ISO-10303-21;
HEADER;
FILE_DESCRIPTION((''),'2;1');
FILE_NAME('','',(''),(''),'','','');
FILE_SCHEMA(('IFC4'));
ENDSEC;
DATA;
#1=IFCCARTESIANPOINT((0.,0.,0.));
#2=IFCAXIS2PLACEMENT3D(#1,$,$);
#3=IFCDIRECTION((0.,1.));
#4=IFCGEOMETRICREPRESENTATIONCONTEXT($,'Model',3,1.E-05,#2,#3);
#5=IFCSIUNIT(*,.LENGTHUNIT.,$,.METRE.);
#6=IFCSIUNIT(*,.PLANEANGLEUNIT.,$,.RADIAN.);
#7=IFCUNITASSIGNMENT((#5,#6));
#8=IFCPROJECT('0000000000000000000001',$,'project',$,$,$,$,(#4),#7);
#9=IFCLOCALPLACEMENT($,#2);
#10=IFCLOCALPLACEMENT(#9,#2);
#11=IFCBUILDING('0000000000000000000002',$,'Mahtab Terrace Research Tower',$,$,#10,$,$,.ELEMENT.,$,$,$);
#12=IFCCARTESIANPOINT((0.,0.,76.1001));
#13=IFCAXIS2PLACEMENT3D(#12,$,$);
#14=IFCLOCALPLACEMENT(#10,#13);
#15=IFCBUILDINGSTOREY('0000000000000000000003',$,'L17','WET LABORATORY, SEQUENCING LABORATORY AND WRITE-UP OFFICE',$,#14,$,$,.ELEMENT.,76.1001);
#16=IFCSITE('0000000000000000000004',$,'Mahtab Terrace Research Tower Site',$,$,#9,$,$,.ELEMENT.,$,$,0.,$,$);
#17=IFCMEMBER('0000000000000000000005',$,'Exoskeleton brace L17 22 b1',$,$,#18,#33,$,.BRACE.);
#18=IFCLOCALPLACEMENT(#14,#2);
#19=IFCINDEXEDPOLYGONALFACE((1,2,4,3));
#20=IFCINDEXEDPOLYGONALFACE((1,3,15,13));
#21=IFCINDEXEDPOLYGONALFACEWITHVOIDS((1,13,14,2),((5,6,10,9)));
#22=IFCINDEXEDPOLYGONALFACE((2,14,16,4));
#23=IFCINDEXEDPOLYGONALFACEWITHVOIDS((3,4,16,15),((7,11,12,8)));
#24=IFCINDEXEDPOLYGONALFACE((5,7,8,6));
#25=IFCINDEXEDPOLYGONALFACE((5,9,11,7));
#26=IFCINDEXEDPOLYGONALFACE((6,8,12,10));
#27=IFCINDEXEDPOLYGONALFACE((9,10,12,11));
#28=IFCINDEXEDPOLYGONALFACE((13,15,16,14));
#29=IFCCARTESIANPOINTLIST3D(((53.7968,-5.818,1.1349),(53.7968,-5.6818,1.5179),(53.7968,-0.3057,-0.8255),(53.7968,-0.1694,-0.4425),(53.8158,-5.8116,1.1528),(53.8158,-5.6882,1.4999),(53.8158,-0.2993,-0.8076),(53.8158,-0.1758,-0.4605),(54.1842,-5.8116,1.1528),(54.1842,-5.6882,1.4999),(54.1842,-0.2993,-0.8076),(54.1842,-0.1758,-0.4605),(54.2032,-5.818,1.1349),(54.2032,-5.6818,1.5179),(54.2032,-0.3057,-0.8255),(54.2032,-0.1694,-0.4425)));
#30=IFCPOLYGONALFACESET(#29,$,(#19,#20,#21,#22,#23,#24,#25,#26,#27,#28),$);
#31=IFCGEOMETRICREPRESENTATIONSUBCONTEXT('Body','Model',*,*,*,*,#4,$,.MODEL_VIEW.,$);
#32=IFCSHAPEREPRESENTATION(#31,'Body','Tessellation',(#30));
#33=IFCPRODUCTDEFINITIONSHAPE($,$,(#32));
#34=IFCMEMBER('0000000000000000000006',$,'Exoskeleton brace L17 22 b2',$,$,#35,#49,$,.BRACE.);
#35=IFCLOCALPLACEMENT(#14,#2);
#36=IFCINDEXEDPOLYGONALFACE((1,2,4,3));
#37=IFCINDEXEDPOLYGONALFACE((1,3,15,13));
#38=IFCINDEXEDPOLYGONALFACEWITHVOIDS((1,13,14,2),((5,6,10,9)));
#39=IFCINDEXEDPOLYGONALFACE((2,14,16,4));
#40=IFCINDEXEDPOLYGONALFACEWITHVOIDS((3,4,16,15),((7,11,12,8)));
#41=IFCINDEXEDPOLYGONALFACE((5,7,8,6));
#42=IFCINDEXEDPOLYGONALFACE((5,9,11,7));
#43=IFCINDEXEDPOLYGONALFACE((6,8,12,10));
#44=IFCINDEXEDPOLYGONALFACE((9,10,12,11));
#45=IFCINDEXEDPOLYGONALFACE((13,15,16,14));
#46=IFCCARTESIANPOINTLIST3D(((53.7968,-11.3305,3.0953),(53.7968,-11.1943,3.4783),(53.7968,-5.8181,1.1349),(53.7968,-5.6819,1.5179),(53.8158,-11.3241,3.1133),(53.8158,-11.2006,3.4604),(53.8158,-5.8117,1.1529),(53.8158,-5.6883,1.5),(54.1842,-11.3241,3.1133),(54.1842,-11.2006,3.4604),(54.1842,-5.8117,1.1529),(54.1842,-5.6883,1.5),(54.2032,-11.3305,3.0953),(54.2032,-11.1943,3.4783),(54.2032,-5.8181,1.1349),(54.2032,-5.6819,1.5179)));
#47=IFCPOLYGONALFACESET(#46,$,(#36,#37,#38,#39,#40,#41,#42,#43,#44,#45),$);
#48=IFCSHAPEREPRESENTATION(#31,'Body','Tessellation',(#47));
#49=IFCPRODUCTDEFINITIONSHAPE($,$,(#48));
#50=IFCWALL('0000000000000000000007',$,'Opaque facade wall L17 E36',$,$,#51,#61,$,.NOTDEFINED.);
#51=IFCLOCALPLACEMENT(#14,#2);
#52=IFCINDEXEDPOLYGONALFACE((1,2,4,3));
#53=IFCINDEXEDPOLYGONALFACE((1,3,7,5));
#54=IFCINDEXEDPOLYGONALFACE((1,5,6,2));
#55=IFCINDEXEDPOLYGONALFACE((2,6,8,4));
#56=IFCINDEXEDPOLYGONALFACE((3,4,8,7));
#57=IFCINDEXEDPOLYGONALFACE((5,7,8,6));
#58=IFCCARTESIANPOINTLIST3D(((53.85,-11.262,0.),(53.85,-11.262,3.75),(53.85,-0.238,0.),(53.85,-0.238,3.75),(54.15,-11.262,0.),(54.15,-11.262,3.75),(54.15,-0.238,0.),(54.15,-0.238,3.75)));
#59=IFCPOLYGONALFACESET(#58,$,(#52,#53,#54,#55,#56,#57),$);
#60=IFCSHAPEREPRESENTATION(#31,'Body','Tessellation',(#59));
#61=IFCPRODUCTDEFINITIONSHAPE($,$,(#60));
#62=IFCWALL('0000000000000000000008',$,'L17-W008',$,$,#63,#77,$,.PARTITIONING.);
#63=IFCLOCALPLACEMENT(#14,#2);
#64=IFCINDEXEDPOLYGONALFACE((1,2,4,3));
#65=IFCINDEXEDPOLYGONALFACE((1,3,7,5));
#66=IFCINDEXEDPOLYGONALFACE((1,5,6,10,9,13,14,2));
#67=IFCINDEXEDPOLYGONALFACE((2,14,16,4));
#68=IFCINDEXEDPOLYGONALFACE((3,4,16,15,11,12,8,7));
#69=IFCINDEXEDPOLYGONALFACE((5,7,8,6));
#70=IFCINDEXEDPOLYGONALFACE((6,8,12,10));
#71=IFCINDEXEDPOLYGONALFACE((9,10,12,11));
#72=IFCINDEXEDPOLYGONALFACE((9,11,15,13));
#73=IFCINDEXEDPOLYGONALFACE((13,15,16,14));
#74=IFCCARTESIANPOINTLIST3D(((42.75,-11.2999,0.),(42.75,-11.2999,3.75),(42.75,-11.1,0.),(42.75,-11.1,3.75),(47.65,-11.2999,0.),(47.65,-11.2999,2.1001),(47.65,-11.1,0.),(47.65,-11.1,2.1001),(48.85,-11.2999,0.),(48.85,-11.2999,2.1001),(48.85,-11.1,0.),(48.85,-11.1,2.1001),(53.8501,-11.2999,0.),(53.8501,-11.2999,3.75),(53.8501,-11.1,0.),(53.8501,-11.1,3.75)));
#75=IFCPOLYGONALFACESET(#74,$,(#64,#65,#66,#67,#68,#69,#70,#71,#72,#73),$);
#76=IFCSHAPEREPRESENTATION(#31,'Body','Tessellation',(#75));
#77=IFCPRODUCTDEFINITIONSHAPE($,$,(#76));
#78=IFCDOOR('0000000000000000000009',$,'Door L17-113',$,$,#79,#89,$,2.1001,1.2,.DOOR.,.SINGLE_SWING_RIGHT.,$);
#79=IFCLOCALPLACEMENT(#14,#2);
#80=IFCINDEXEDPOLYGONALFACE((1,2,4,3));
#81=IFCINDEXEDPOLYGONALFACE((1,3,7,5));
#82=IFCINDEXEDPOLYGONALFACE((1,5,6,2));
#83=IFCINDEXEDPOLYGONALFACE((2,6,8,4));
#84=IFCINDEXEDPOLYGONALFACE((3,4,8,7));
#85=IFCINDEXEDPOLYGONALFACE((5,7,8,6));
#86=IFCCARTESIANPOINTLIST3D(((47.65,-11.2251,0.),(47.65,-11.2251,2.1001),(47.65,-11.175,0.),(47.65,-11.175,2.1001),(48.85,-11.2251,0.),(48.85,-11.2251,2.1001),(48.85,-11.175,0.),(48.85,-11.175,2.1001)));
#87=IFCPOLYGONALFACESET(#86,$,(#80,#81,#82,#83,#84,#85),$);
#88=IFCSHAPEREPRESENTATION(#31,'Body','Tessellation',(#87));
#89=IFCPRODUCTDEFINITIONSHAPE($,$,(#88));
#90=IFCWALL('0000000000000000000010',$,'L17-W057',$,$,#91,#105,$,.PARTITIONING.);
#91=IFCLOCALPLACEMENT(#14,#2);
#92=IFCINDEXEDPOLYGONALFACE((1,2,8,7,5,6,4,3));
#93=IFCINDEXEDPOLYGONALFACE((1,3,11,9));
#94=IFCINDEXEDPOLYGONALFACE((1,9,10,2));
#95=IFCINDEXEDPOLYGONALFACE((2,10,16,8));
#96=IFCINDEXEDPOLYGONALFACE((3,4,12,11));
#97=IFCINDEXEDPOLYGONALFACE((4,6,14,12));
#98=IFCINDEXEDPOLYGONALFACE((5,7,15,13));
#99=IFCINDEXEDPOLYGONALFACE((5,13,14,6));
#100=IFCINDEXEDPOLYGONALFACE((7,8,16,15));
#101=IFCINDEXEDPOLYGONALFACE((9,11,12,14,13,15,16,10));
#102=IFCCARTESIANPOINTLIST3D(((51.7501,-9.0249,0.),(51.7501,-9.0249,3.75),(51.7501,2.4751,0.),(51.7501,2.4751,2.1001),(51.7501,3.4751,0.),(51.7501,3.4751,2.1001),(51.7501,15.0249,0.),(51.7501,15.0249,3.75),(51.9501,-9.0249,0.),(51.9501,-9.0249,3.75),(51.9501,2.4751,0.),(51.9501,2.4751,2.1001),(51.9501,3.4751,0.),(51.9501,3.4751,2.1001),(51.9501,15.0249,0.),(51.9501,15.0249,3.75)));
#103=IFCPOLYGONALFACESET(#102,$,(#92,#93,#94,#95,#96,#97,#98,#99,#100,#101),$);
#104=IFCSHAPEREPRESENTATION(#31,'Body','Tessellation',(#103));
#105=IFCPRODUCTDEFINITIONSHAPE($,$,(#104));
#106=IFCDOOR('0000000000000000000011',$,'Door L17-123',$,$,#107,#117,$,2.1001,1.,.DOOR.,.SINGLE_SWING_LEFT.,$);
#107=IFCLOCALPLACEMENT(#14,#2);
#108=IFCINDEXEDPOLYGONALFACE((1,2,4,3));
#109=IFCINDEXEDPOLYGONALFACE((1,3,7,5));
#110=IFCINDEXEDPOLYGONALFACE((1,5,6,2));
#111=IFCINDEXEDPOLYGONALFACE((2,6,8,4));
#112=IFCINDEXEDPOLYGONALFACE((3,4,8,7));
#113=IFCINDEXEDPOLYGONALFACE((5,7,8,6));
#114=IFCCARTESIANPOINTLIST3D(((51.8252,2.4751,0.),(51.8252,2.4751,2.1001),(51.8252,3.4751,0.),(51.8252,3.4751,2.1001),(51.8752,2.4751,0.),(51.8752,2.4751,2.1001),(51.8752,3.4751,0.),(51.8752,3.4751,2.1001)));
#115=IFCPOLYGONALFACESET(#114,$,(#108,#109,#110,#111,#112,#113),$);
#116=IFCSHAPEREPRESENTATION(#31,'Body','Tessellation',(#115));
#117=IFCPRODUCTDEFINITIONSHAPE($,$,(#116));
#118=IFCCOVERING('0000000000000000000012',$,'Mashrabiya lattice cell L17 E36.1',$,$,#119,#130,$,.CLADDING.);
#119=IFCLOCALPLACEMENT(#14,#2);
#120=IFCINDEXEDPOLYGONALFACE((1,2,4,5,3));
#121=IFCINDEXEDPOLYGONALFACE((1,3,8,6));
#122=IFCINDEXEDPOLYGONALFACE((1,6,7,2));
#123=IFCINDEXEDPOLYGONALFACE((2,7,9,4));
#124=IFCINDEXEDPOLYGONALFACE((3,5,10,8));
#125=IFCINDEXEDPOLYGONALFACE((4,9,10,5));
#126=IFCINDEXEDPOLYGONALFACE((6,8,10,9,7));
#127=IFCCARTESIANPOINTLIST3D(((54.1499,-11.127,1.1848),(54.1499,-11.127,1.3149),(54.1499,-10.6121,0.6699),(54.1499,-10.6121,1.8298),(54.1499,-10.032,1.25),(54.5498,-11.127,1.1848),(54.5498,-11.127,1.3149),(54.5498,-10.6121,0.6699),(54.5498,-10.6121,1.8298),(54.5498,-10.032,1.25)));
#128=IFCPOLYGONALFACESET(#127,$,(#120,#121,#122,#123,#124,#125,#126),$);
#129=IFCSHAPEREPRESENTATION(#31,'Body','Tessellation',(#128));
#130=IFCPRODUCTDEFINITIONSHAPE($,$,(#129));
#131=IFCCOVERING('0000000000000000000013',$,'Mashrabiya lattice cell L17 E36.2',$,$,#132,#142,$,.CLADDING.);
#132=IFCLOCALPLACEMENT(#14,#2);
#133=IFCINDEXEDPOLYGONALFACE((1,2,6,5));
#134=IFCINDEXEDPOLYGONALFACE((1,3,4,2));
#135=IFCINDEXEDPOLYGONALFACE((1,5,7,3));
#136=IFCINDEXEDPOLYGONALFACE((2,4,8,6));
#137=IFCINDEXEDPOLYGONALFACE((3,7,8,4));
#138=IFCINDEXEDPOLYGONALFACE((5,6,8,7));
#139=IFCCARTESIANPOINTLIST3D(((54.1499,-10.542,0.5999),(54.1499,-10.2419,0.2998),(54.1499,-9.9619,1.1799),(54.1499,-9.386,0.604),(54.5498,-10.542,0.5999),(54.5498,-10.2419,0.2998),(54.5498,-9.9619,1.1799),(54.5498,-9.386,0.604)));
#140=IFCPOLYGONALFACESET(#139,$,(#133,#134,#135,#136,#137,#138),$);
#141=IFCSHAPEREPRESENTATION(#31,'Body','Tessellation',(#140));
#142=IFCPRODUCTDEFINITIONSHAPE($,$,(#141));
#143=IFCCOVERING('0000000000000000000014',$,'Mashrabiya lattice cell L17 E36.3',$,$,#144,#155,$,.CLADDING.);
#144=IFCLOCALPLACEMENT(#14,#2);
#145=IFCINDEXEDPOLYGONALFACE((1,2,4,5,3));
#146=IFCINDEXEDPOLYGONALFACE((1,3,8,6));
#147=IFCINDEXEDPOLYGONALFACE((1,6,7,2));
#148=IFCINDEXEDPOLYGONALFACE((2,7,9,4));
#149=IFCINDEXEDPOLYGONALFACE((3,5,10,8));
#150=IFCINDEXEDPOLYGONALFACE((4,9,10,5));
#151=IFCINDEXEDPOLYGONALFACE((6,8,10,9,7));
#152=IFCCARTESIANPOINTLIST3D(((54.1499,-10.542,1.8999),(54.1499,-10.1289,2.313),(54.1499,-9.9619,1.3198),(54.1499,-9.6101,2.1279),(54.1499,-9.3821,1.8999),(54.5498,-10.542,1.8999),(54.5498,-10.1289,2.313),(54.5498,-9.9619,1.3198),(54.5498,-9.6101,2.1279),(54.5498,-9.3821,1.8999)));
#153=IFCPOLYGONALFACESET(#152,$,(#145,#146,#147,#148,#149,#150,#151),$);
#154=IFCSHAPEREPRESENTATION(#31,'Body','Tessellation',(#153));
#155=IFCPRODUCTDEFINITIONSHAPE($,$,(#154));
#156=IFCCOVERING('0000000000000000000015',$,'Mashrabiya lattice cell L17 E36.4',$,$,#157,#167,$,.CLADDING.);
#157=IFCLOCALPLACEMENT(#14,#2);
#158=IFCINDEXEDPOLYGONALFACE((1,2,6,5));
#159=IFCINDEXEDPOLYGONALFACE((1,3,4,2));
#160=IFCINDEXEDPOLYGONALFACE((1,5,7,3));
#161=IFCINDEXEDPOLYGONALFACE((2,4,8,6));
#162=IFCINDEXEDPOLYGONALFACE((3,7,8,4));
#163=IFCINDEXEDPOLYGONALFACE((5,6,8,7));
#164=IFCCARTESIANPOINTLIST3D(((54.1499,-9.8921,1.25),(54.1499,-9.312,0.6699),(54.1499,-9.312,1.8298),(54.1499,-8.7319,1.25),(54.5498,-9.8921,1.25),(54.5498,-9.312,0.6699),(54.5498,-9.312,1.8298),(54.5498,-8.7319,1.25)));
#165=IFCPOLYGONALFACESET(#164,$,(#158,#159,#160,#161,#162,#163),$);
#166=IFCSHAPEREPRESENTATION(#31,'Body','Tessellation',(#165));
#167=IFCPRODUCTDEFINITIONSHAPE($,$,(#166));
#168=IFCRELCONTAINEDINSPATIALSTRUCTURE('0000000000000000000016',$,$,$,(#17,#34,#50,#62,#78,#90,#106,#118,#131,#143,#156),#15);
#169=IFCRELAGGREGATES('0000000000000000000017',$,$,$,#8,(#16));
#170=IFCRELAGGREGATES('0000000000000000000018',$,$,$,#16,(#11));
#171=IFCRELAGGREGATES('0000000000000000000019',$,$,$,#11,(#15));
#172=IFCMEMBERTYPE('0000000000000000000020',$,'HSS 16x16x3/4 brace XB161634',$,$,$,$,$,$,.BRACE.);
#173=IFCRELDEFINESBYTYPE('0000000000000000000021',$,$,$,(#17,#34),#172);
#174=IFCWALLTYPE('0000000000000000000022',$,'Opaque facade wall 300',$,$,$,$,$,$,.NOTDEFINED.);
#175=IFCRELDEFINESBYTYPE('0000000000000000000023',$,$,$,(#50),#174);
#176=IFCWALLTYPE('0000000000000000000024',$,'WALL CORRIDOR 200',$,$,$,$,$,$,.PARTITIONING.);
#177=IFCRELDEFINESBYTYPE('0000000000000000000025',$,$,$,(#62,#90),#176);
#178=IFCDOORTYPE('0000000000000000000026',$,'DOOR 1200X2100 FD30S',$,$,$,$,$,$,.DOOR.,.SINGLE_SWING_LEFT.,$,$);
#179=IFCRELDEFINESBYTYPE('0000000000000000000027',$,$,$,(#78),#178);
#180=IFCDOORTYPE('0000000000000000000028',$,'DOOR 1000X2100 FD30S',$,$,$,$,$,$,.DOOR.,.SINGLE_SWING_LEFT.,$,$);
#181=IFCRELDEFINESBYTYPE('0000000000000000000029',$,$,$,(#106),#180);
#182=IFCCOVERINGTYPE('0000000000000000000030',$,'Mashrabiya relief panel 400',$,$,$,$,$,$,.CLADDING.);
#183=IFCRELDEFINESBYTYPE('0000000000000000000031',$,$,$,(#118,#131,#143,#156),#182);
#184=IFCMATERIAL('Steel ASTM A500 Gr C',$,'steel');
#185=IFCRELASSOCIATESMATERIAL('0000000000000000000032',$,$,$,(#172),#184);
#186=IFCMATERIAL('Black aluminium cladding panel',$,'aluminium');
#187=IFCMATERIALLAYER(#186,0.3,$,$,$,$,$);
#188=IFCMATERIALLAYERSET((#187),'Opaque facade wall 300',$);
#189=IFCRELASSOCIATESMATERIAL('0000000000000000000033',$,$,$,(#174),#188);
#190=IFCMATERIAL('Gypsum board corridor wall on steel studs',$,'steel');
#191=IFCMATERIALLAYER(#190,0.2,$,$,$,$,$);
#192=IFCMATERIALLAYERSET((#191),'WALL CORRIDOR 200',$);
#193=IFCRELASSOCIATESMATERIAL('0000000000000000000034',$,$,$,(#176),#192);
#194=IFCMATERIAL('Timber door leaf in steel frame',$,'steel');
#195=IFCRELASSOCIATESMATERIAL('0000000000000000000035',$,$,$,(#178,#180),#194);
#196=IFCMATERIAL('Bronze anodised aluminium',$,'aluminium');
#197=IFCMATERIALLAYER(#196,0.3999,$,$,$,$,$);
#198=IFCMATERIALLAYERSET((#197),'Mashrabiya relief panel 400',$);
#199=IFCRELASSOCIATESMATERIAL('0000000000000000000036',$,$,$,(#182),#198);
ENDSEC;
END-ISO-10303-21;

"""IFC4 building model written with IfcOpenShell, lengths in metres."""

from ifc_helpers import new_model, si_unit, direction, frame, frame_2d, origin, origin_2d, place, context, subcontext, project, spatial, polyline, rectangle, hollow_rectangle, outline, extrude, material, layer, layer_set, material_profile, profile_set, type_object, element, fill, save


model = new_model("IFC4")

# Units and contexts
model_context = context("Model", 3, precision=1e-05, world=origin(), true_north=direction((0.0, 1.0)))
body_context = subcontext(model_context, "Body", "Model", "MODEL_VIEW")
ifc_project = project(units=[si_unit("LENGTHUNIT", "METRE"), si_unit("PLANEANGLEUNIT", "RADIAN")], contexts=[model_context])

# Site, building, storey
site_placement = place(None, origin())
site = spatial("IfcSite", under=ifc_project, at=site_placement, Name="Mahtab Terrace Research Tower Site", CompositionType="ELEMENT", RefElevation=0.0)
building_placement = place(site_placement, origin())
building = spatial("IfcBuilding", under=site, at=building_placement, Name="Mahtab Terrace Research Tower", CompositionType="ELEMENT")
storey_placement = place(building_placement, frame((0.0, 0.0, 76.1001)))
storey = spatial("IfcBuildingStorey", under=building, at=storey_placement, Name="L17", Description="WET LABORATORY, SEQUENCING LABORATORY AND WRITE-UP OFFICE", CompositionType="ELEMENT", Elevation=76.1001)

# Members
ifc_material_1 = material(Name="Steel ASTM A500 Gr C", Category="steel")
ifc_material_profile = material_profile(ifc_material_1, hollow_rectangle(XDim=0.4065, YDim=0.4065, WallThickness=0.019, at=origin_2d()), Name="HSS16X16X3/4")
ifc_profile_set = profile_set([ifc_material_profile], Name="Steel ASTM A500 Gr C")
member_type = type_object("IfcMemberType", Name="HSS 16x16x3/4 brace XB161634", PredefinedType="BRACE", material=ifc_profile_set)
for number, where, z_axis, x_axis, name in (
    (1, (54.0, -0.2375, -0.634), (0.0, -0.94219, 0.33508), (1.0, 0.0, 0.0), "Exoskeleton brace L17 22 b1"),
    (2, (54.0, -5.75, 1.3264), (0.0, -0.94219, 0.33508), (1.0, 0.0, 0.0), "Exoskeleton brace L17 22 b2"),
):
    element("IfcMember", number, at=place(storey_placement, frame(where, z_axis=z_axis, x_axis=x_axis)), inside=storey, type_object=member_type, Name=name, PredefinedType="BRACE", context=body_context, shape_type="SweptSolid", body=[
        extrude(hollow_rectangle(XDim=0.4065, YDim=0.4065, WallThickness=0.019, at=origin_2d()), origin(), (0.0, 0.0, 1.0), 5.8506),
    ])

# Wall
ifc_material_2 = material(Name="Black aluminium cladding panel", Category="aluminium")
ifc_layer_1 = layer(ifc_material_2, 0.3)
ifc_layer_set_1 = layer_set([ifc_layer_1], Name="Opaque facade wall 300")
wall_type_1 = type_object("IfcWallType", Name="Opaque facade wall 300", PredefinedType="NOTDEFINED", material=ifc_layer_set_1)
wall_1_placement = place(storey_placement, frame((54.0, -11.262, 0.0), z_axis=(0.0, 0.0, 1.0), x_axis=(0.0, 1.0, 0.0)))
element("IfcWall", 3, at=wall_1_placement, inside=storey, type_object=wall_type_1, Name="Opaque facade wall L17 E36", PredefinedType="NOTDEFINED", context=body_context, shape_type="SweptSolid", body=[
    extrude(rectangle(XDim=11.0239, YDim=0.3, at=frame_2d((5.512, 0.0))), origin(), (0.0, 0.0, 1.0), 3.75),
])

# Walls, openings, doors
ifc_material_3 = material(Name="Gypsum board corridor wall on steel studs", Category="steel")
ifc_layer_2 = layer(ifc_material_3, 0.2)
ifc_layer_set_2 = layer_set([ifc_layer_2], Name="WALL CORRIDOR 200")
wall_type_2 = type_object("IfcWallType", Name="WALL CORRIDOR 200", PredefinedType="PARTITIONING", material=ifc_layer_set_2)
wall_2_placement = place(storey_placement, frame((42.75, -11.2, 0.0), z_axis=(0.0, 0.0, 1.0), x_axis=(1.0, 0.0, 0.0)))
wall_2 = element("IfcWall", 4, at=wall_2_placement, inside=storey, type_object=wall_type_2, Name="L17-W008", PredefinedType="PARTITIONING", context=body_context, shape_type="SweptSolid", body=[
    extrude(rectangle(XDim=11.1001, YDim=0.2, at=frame_2d((5.55, 0.0))), origin(), (0.0, 0.0, 1.0), 3.75),
])
opening_1_placement = place(wall_2_placement, frame((4.8999, 0.0, 0.0)))
opening_1 = element("IfcOpeningElement", 5, at=opening_1_placement, cuts=wall_2, PredefinedType="OPENING", context=body_context, shape_type="SweptSolid", body=[
    extrude(rectangle(XDim=1.2, YDim=2.1001, at=frame_2d((0.6001, 1.05))), frame((0.0, 0.1099, 0.0), z_axis=(0.0, -1.0, 0.0), x_axis=(1.0, 0.0, 0.0)), (0.0, 0.0, 1.0), 0.22),
])
ifc_material_4 = material(Name="Timber door leaf in steel frame", Category="steel")
door_type_1 = type_object("IfcDoorType", Name="DOOR 1200X2100 FD30S", OperationType="SINGLE_SWING_LEFT", PredefinedType="DOOR", material=ifc_material_4)
door_1_placement = place(opening_1_placement, origin())
door_1 = element("IfcDoor", 6, at=door_1_placement, inside=storey, type_object=door_type_1, Name="Door L17-113", OperationType="SINGLE_SWING_RIGHT", OverallHeight=2.1001, OverallWidth=1.2, PredefinedType="DOOR", context=body_context, shape_type="SweptSolid", body=[
    extrude(rectangle(XDim=1.2, YDim=2.1001, at=frame_2d((0.6001, 1.05))), frame((0.0, 0.0249, 0.0), z_axis=(0.0, -1.0, 0.0), x_axis=(1.0, 0.0, 0.0)), (0.0, 0.0, 1.0), 0.05),
])
fill(opening_1, door_1)
wall_3_placement = place(storey_placement, frame((51.8501, -9.0249, 0.0), z_axis=(0.0, 0.0, 1.0), x_axis=(0.0, 1.0, 0.0)))
wall_3 = element("IfcWall", 7, at=wall_3_placement, inside=storey, type_object=wall_type_2, Name="L17-W057", PredefinedType="PARTITIONING", context=body_context, shape_type="SweptSolid", body=[
    extrude(rectangle(XDim=24.0498, YDim=0.2, at=frame_2d((12.0249, 0.0))), origin(), (0.0, 0.0, 1.0), 3.75),
])
opening_2_placement = place(wall_3_placement, frame((11.5, 0.0, 0.0)))
opening_2 = element("IfcOpeningElement", 8, at=opening_2_placement, cuts=wall_3, PredefinedType="OPENING", context=body_context, shape_type="SweptSolid", body=[
    extrude(rectangle(XDim=1.0, YDim=2.1001, at=frame_2d((0.5, 1.05))), frame((0.0, 0.1099, 0.0), z_axis=(0.0, -1.0, 0.0), x_axis=(1.0, 0.0, 0.0)), (0.0, 0.0, 1.0), 0.22),
])
door_type_2 = type_object("IfcDoorType", Name="DOOR 1000X2100 FD30S", OperationType="SINGLE_SWING_LEFT", PredefinedType="DOOR", material=ifc_material_4)
door_2_placement = place(opening_2_placement, origin())
door_2 = element("IfcDoor", 9, at=door_2_placement, inside=storey, type_object=door_type_2, Name="Door L17-123", OperationType="SINGLE_SWING_LEFT", OverallHeight=2.1001, OverallWidth=1.0, PredefinedType="DOOR", context=body_context, shape_type="SweptSolid", body=[
    extrude(rectangle(XDim=1.0, YDim=2.1001, at=frame_2d((0.5, 1.05))), frame((0.0, 0.0249, 0.0), z_axis=(0.0, -1.0, 0.0), x_axis=(1.0, 0.0, 0.0)), (0.0, 0.0, 1.0), 0.05),
])
fill(opening_2, door_2)

# Coverings
ifc_material_5 = material(Name="Bronze anodised aluminium", Category="aluminium")
ifc_layer_3 = layer(ifc_material_5, 0.3999)
ifc_layer_set_3 = layer_set([ifc_layer_3], Name="Mashrabiya relief panel 400")
covering_type = type_object("IfcCoveringType", Name="Mashrabiya relief panel 400", PredefinedType="CLADDING", material=ifc_layer_set_3)
covering_1_placement = place(storey_placement, frame((54.1499, -10.6121, 1.8298), z_axis=(-1.0, 0.0, 0.0), x_axis=(0.0, 0.707256, -0.706958)))
element("IfcCovering", 10, at=covering_1_placement, inside=storey, type_object=covering_type, Name="Mashrabiya lattice cell L17 E36.1", PredefinedType="CLADDING", context=body_context, shape_type="SweptSolid", body=[
    extrude(outline(polyline([(0.0, 0.0), (0.8202, 0.0), (0.82, 0.8204), (0.0918, 0.8202), (-0.0002, 0.7282), (0.0, 0.0)])), origin(), (0.0, 0.0, -1.0), 0.3999),
])
covering_2_placement = place(storey_placement, frame((54.1499, -10.542, 0.5999), z_axis=(-1.0, 0.0, 0.0), x_axis=(0.0, 0.707107, 0.707107)))
element("IfcCovering", 11, at=covering_2_placement, inside=storey, type_object=covering_type, Name="Mashrabiya lattice cell L17 E36.2", PredefinedType="CLADDING", context=body_context, shape_type="SweptSolid", body=[
    extrude(outline(polyline([(0.0, 0.0), (0.8204, 0.0), (0.8204, 0.8145), (0.0, 0.4243), (0.0, 0.0)])), origin(), (0.0, 0.0, -1.0), 0.3999),
])
covering_3_placement = place(storey_placement, frame((54.1499, -9.3821, 1.8999), z_axis=(-1.0, 0.0, 0.0), x_axis=(0.0, -0.706958, -0.707256)))
element("IfcCovering", 12, at=covering_3_placement, inside=storey, type_object=covering_type, Name="Mashrabiya lattice cell L17 E36.3", PredefinedType="CLADDING", context=body_context, shape_type="SweptSolid", body=[
    extrude(outline(polyline([(0.0, 0.0), (0.8202, 0.0), (0.82, 0.8204), (0.2358, 0.8202), (-0.0001, 0.3225), (0.0, 0.0)])), origin(), (0.0, 0.0, -1.0), 0.3999),
])
covering_4_placement = place(storey_placement, frame((54.1499, -9.312, 1.8298), z_axis=(-1.0, 0.0, 0.0), x_axis=(0.0, 0.707256, -0.706958)))
element("IfcCovering", 13, at=covering_4_placement, inside=storey, type_object=covering_type, Name="Mashrabiya lattice cell L17 E36.4", PredefinedType="CLADDING", context=body_context, shape_type="SweptSolid", body=[
    extrude(outline(polyline([(0.0, 0.0), (0.8202, 0.0), (0.82, 0.8204), (-0.0003, 0.8202), (0.0, 0.0)])), origin(), (0.0, 0.0, -1.0), 0.3999),
])

save(model, "model.ifc")
